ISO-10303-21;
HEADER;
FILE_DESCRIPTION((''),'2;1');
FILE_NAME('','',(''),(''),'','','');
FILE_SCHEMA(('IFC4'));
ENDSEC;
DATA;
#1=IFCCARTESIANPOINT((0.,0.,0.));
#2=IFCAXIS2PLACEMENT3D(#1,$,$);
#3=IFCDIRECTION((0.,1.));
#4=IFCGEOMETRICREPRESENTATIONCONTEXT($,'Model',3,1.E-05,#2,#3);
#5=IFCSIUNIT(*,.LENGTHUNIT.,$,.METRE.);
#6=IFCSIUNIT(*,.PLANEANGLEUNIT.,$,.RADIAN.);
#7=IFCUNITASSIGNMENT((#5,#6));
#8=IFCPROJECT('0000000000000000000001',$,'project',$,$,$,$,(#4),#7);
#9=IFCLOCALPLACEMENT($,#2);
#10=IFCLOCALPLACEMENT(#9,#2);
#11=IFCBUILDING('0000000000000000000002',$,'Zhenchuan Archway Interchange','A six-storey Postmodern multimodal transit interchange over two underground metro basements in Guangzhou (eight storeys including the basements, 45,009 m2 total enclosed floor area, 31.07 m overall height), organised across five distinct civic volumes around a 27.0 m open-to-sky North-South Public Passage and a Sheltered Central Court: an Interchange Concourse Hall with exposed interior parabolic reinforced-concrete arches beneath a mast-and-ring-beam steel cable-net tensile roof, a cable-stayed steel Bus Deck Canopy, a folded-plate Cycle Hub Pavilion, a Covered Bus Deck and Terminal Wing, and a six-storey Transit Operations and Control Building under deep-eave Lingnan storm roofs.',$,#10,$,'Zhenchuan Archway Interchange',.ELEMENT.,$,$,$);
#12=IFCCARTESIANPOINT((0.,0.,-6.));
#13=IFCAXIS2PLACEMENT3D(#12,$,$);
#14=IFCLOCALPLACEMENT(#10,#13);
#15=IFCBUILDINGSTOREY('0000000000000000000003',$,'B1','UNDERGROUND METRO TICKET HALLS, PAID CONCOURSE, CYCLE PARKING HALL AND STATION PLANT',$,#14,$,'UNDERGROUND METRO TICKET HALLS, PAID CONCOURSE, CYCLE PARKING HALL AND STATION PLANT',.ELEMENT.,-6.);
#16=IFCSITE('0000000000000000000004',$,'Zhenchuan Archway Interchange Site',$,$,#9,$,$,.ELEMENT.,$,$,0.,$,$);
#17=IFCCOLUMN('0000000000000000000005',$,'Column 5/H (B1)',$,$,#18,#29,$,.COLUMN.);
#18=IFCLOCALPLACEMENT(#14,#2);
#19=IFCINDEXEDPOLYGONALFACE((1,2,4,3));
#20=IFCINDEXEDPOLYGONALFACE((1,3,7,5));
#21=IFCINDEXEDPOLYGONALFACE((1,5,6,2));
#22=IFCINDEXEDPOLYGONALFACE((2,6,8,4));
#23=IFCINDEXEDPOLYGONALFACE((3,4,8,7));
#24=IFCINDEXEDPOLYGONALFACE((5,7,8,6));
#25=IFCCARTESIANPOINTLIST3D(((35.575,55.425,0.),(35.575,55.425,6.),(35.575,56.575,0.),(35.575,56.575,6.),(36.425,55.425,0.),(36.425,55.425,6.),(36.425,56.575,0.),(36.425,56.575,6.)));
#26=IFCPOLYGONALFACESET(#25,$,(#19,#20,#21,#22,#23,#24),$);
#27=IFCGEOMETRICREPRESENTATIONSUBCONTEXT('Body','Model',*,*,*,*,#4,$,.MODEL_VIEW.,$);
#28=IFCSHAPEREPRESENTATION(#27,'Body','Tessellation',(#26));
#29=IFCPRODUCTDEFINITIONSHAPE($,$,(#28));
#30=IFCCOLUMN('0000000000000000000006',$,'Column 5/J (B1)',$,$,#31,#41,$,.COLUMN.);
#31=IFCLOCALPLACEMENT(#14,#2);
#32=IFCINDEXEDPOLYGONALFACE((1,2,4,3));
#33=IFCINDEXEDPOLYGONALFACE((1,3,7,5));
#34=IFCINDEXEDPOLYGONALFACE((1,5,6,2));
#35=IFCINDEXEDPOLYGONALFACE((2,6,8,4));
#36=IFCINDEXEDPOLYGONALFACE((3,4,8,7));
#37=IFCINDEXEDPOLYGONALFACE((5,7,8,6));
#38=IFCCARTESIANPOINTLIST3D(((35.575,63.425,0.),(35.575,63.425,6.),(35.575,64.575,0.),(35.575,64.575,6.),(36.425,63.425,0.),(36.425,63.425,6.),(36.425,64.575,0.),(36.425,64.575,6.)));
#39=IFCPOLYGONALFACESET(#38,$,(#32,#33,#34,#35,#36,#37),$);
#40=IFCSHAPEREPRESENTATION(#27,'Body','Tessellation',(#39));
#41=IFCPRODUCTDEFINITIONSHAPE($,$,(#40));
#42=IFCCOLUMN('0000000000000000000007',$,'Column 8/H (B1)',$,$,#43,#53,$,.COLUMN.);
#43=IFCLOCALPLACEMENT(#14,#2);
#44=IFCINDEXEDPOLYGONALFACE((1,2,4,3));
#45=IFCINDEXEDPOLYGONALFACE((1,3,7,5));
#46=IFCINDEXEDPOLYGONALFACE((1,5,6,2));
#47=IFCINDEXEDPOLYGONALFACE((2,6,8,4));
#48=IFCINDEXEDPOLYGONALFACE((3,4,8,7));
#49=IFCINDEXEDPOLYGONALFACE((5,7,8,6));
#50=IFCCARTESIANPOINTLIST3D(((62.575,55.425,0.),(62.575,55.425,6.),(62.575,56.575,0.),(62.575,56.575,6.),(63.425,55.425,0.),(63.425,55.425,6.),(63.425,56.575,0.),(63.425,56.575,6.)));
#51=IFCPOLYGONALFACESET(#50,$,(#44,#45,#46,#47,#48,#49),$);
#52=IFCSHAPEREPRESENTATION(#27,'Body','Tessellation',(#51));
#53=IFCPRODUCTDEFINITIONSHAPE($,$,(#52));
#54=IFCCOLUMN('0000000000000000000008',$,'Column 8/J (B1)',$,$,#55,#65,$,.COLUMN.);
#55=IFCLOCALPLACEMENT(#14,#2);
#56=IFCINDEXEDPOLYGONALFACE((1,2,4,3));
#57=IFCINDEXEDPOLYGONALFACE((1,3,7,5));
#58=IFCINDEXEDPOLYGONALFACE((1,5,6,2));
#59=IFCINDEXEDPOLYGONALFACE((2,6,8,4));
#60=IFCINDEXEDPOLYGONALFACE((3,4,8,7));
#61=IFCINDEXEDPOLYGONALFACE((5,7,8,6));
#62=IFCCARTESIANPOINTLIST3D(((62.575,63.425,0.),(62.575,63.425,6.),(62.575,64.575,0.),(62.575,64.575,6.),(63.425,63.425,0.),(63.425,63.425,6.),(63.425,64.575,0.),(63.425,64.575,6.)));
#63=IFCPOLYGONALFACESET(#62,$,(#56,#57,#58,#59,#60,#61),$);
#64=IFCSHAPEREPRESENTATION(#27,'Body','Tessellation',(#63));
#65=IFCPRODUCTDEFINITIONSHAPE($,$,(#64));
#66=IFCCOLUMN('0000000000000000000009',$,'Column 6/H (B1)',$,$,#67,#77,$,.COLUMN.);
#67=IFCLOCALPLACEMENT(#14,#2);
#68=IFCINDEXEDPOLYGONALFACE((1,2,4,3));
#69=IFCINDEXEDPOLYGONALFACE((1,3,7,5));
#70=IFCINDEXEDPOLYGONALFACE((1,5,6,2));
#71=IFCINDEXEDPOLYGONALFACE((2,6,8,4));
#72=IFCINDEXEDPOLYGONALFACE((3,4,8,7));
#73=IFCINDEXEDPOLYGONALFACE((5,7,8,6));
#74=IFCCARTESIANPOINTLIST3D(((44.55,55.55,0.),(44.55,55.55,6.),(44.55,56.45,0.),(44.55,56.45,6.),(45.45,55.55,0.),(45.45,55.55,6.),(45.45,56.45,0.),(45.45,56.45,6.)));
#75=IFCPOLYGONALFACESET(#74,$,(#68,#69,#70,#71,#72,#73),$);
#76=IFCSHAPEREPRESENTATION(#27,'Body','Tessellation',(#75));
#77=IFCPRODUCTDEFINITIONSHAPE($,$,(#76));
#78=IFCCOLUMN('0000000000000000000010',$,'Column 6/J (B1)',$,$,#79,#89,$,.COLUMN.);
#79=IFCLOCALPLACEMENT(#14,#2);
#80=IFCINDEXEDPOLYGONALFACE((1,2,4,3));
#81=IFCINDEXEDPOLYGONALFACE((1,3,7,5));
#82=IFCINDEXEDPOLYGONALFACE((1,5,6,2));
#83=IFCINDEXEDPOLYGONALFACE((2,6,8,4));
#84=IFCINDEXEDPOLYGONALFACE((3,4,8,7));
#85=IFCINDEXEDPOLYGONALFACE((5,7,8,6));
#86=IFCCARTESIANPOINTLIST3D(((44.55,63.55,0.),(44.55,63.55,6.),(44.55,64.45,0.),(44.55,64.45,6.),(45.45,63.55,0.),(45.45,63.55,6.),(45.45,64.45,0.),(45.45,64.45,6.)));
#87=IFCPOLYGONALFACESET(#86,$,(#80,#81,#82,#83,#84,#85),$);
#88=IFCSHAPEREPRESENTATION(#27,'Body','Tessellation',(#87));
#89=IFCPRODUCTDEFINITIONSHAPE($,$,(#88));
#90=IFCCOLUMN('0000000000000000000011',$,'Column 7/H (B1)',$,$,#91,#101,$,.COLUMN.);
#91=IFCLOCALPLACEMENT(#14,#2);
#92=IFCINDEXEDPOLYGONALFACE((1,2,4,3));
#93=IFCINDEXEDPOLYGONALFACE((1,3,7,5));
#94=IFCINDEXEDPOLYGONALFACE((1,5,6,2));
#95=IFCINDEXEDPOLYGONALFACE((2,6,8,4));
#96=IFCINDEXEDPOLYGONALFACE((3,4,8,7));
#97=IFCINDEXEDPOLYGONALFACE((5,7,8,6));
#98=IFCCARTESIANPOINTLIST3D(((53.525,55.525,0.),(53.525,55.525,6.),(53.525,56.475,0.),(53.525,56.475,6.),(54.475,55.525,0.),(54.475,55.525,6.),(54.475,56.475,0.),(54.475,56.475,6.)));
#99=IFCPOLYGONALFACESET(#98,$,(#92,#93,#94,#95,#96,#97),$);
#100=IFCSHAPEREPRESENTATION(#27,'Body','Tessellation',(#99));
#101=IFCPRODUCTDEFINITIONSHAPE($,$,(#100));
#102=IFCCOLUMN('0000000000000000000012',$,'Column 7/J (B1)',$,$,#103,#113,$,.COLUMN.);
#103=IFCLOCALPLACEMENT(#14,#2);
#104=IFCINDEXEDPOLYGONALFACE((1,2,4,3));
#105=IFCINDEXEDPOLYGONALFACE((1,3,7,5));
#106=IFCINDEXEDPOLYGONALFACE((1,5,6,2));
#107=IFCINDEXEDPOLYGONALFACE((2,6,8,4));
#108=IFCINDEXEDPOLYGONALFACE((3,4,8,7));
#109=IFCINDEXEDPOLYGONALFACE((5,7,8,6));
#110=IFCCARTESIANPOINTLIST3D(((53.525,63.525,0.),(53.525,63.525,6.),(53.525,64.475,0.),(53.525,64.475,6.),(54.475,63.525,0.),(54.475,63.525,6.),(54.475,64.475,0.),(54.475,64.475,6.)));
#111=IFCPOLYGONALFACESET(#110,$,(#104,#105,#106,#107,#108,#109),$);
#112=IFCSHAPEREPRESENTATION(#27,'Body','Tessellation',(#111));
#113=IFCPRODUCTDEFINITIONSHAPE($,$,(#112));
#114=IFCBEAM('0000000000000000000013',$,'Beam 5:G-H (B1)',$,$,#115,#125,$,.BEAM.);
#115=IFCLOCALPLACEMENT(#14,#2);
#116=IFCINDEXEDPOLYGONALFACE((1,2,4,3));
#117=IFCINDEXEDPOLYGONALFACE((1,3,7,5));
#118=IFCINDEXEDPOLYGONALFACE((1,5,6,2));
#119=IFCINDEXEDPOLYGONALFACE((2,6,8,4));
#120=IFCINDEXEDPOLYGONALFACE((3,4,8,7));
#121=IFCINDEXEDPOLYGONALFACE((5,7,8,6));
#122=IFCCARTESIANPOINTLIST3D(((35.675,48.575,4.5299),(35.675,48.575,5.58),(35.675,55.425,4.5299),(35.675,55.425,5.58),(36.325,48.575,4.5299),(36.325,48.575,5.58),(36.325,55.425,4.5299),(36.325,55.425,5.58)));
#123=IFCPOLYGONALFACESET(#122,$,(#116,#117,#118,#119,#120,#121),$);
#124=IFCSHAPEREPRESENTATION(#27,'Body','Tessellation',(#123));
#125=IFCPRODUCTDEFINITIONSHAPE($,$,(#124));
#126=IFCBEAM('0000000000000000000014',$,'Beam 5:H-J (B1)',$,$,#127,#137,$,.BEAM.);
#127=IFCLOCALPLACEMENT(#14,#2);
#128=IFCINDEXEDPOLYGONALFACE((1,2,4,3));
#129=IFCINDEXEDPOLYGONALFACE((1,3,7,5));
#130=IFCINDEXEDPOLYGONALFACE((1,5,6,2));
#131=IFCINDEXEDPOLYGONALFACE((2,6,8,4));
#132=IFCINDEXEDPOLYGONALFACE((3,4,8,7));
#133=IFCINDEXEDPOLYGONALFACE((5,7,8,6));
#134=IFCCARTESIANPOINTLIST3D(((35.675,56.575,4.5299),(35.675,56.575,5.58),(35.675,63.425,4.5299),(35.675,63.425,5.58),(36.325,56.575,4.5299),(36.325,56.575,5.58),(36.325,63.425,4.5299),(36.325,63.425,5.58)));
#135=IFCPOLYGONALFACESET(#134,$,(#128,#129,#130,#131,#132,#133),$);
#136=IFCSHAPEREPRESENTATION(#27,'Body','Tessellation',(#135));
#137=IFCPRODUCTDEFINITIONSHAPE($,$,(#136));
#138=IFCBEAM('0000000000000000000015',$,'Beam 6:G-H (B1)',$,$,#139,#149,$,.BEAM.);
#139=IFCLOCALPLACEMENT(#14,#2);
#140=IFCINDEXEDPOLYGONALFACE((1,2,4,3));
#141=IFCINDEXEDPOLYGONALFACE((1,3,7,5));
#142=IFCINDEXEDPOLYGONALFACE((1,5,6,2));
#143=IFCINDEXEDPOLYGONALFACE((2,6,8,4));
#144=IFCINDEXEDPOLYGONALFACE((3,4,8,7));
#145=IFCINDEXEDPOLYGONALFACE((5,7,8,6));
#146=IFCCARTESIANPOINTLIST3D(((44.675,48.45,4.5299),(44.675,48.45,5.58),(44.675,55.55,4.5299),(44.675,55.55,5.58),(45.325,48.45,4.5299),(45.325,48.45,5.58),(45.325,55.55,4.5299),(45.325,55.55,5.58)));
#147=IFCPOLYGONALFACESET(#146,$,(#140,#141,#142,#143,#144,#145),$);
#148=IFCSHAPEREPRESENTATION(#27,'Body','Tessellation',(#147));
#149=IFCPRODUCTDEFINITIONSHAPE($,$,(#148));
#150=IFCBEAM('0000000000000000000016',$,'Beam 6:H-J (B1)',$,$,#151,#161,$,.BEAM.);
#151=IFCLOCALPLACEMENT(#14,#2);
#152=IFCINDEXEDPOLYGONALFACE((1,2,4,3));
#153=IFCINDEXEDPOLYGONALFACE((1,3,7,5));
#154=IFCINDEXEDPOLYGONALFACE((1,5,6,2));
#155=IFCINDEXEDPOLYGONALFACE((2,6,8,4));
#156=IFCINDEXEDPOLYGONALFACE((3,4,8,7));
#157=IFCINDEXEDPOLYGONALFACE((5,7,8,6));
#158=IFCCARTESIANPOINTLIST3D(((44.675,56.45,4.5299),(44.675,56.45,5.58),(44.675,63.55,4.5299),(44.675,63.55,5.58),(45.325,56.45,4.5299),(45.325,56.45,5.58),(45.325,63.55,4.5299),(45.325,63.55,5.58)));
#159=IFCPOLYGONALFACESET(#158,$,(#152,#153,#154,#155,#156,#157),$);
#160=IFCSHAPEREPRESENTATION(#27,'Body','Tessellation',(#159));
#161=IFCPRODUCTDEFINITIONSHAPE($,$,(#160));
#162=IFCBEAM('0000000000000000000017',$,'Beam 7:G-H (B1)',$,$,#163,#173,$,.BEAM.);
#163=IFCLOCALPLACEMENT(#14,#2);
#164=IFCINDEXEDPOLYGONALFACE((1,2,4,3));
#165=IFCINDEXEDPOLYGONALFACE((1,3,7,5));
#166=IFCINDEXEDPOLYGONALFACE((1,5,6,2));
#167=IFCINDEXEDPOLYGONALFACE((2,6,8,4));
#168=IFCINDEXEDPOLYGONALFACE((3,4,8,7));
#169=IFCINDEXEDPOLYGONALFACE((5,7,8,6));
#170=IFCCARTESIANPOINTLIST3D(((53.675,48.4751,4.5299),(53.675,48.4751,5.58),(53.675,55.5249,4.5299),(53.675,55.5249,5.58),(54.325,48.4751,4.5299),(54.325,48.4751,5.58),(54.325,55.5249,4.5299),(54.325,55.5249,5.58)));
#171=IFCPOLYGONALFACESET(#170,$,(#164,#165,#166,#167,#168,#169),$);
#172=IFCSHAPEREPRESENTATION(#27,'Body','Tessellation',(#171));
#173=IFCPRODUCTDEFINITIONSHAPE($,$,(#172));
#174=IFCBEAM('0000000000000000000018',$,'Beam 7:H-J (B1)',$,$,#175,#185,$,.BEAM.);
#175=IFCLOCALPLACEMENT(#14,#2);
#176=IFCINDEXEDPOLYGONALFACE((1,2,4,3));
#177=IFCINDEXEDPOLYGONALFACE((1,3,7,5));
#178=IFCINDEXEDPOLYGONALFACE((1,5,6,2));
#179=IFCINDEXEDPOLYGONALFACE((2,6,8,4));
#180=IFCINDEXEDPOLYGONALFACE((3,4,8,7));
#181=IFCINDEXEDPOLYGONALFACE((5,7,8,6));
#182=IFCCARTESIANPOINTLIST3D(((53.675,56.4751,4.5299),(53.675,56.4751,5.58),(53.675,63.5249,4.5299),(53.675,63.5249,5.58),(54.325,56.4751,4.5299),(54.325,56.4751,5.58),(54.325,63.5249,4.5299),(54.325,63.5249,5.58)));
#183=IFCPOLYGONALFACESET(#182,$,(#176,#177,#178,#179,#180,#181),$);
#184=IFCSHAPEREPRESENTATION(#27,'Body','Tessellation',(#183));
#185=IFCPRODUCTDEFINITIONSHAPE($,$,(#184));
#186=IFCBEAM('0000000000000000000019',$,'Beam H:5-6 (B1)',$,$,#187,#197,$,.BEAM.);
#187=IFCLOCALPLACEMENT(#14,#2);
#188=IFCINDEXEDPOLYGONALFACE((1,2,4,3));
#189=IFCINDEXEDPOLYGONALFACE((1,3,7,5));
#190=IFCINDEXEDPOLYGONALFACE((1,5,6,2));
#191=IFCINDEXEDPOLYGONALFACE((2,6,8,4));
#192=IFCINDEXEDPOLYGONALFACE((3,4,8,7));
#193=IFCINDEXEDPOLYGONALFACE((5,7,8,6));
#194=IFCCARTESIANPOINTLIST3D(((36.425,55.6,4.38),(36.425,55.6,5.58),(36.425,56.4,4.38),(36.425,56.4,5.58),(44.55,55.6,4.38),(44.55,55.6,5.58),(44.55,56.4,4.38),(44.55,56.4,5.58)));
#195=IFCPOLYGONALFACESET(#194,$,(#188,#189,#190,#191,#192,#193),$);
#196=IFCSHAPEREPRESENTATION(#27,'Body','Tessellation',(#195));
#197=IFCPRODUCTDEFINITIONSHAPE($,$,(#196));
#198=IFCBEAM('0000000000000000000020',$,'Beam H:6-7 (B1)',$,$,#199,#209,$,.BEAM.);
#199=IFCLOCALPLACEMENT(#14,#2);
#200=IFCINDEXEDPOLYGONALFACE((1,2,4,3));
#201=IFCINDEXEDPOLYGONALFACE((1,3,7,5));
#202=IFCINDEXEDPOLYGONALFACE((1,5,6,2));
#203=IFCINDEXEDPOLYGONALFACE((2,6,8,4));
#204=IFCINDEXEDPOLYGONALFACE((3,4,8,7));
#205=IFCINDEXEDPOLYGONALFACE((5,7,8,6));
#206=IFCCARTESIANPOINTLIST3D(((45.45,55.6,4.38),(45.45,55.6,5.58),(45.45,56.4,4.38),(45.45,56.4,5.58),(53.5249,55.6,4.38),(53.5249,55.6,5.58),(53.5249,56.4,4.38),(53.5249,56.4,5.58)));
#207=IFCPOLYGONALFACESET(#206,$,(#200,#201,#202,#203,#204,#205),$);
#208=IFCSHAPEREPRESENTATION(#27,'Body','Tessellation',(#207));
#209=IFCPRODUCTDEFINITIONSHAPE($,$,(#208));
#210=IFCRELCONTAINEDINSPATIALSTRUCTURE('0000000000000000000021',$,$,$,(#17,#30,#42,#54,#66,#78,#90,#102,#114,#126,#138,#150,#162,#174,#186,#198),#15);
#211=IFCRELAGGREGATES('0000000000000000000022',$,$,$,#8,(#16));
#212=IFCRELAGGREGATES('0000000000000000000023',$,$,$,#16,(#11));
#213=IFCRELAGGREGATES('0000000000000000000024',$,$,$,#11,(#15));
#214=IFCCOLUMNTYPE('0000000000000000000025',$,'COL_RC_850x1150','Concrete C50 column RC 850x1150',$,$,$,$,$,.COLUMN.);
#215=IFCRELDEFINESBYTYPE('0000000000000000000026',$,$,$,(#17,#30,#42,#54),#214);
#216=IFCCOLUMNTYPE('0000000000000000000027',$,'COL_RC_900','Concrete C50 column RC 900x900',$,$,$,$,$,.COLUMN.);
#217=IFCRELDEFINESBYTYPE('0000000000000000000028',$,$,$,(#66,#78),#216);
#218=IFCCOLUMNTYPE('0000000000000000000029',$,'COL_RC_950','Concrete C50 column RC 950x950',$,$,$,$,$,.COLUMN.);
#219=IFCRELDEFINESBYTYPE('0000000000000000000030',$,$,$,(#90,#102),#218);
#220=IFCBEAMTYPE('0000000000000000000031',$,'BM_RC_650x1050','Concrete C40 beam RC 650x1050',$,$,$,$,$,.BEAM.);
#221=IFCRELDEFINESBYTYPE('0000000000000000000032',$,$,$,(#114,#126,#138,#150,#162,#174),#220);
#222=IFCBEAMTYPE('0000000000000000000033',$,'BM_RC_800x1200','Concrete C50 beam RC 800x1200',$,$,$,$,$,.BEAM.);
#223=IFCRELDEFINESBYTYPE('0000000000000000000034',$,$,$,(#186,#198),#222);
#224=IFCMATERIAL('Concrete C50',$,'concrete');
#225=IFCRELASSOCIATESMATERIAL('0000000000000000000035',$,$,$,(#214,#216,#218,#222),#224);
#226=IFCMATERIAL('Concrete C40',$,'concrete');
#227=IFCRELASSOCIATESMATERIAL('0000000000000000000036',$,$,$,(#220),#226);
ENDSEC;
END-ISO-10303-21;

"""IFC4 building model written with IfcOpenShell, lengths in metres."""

from ifc_helpers import new_model, si_unit, direction, frame, origin, origin_2d, place, context, subcontext, project, spatial, rectangle, extrude, material, material_profile, profile_set, type_object, element, save


model = new_model("IFC4")

# Units and contexts
model_context = context("Model", 3, precision=1e-05, world=origin(), true_north=direction((0.0, 1.0)))
body_context = subcontext(model_context, "Body", "Model", "MODEL_VIEW")
ifc_project = project(units=[si_unit("LENGTHUNIT", "METRE"), si_unit("PLANEANGLEUNIT", "RADIAN")], contexts=[model_context])

# Site, building, storey
site_placement = place(None, origin())
site = spatial("IfcSite", under=ifc_project, at=site_placement, Name="Zhenchuan Archway Interchange Site", CompositionType="ELEMENT", RefElevation=0.0)
building_placement = place(site_placement, origin())
building = spatial("IfcBuilding", under=site, at=building_placement, Name="Zhenchuan Archway Interchange", Description="A six-storey Postmodern multimodal transit interchange over two underground metro basements in Guangzhou (eight storeys including the basements, 45,009 m2 total enclosed floor area, 31.07 m overall height), organised across five distinct civic volumes around a 27.0 m open-to-sky North-South Public Passage and a Sheltered Central Court: an Interchange Concourse Hall with exposed interior parabolic reinforced-concrete arches beneath a mast-and-ring-beam steel cable-net tensile roof, a cable-stayed steel Bus Deck Canopy, a folded-plate Cycle Hub Pavilion, a Covered Bus Deck and Terminal Wing, and a six-storey Transit Operations and Control Building under deep-eave Lingnan storm roofs.", LongName="Zhenchuan Archway Interchange", CompositionType="ELEMENT")
storey_placement = place(building_placement, frame((0.0, 0.0, -6.0)))
storey = spatial("IfcBuildingStorey", under=building, at=storey_placement, Name="B1", Description="UNDERGROUND METRO TICKET HALLS, PAID CONCOURSE, CYCLE PARKING HALL AND STATION PLANT", LongName="UNDERGROUND METRO TICKET HALLS, PAID CONCOURSE, CYCLE PARKING HALL AND STATION PLANT", CompositionType="ELEMENT", Elevation=-6.0)

# Columns
ifc_material_1 = material(Name="Concrete C50", Category="concrete")
ifc_material_profile_1 = material_profile(ifc_material_1, rectangle(XDim=0.8501, YDim=1.1499, at=origin_2d()), Name="RC 850x1150")
ifc_profile_set_1 = profile_set([ifc_material_profile_1], Name="Concrete C50")
column_type_1 = type_object("IfcColumnType", Name="COL_RC_850x1150", Description="Concrete C50 column RC 850x1150", PredefinedType="COLUMN", material=ifc_profile_set_1)
for number, where, z_axis, x_axis, name in (
    (1, (36.0, 56.0, 0.0), (0.0, 0.0, 1.0), (1.0, 0.0, 0.0), "Column 5/H (B1)"),
    (2, (36.0, 64.0, 0.0), (0.0, 0.0, 1.0), (1.0, 0.0, 0.0), "Column 5/J (B1)"),
    (3, (63.0, 56.0, 0.0), (0.0, 0.0, 1.0), (1.0, 0.0, 0.0), "Column 8/H (B1)"),
    (4, (63.0, 64.0, 0.0), (0.0, 0.0, 1.0), (1.0, 0.0, 0.0), "Column 8/J (B1)"),
):
    element("IfcColumn", number, at=place(storey_placement, frame(where, z_axis=z_axis, x_axis=x_axis)), inside=storey, type_object=column_type_1, Name=name, PredefinedType="COLUMN", context=body_context, shape_type="SweptSolid", body=[
        extrude(rectangle(XDim=0.8501, YDim=1.1499, at=origin_2d()), origin(), (0.0, 0.0, 1.0), 6.0),
    ])
ifc_material_profile_2 = material_profile(ifc_material_1, rectangle(XDim=0.8999, YDim=0.8999, at=origin_2d()), Name="RC 900x900")
ifc_profile_set_2 = profile_set([ifc_material_profile_2], Name="Concrete C50")
column_type_2 = type_object("IfcColumnType", Name="COL_RC_900", Description="Concrete C50 column RC 900x900", PredefinedType="COLUMN", material=ifc_profile_set_2)
for number, where, z_axis, x_axis, name in (
    (5, (45.0, 56.0, 0.0), (0.0, 0.0, 1.0), (1.0, 0.0, 0.0), "Column 6/H (B1)"),
    (6, (45.0, 64.0, 0.0), (0.0, 0.0, 1.0), (1.0, 0.0, 0.0), "Column 6/J (B1)"),
):
    element("IfcColumn", number, at=place(storey_placement, frame(where, z_axis=z_axis, x_axis=x_axis)), inside=storey, type_object=column_type_2, Name=name, PredefinedType="COLUMN", context=body_context, shape_type="SweptSolid", body=[
        extrude(rectangle(XDim=0.8999, YDim=0.8999, at=origin_2d()), origin(), (0.0, 0.0, 1.0), 6.0),
    ])
ifc_material_profile_3 = material_profile(ifc_material_1, rectangle(XDim=0.95, YDim=0.95, at=origin_2d()), Name="RC 950x950")
ifc_profile_set_3 = profile_set([ifc_material_profile_3], Name="Concrete C50")
column_type_3 = type_object("IfcColumnType", Name="COL_RC_950", Description="Concrete C50 column RC 950x950", PredefinedType="COLUMN", material=ifc_profile_set_3)
for number, where, z_axis, x_axis, name in (
    (7, (54.0, 56.0, 0.0), (0.0, 0.0, 1.0), (1.0, 0.0, 0.0), "Column 7/H (B1)"),
    (8, (54.0, 64.0, 0.0), (0.0, 0.0, 1.0), (1.0, 0.0, 0.0), "Column 7/J (B1)"),
):
    element("IfcColumn", number, at=place(storey_placement, frame(where, z_axis=z_axis, x_axis=x_axis)), inside=storey, type_object=column_type_3, Name=name, PredefinedType="COLUMN", context=body_context, shape_type="SweptSolid", body=[
        extrude(rectangle(XDim=0.95, YDim=0.95, at=origin_2d()), origin(), (0.0, 0.0, 1.0), 6.0),
    ])

# Beams
ifc_material_2 = material(Name="Concrete C40", Category="concrete")
ifc_material_profile_4 = material_profile(ifc_material_2, rectangle(XDim=0.6499, YDim=1.05, at=origin_2d()), Name="RC 650x1050")
ifc_profile_set_4 = profile_set([ifc_material_profile_4], Name="Concrete C40")
beam_type_1 = type_object("IfcBeamType", Name="BM_RC_650x1050", Description="Concrete C40 beam RC 650x1050", PredefinedType="BEAM", material=ifc_profile_set_4)
for number, where, z_axis, x_axis, name in (
    (9, (36.0, 48.575, 5.0549), (0.0, 1.0, 0.0), (-1.0, 0.0, 0.0), "Beam 5:G-H (B1)"),
    (10, (36.0, 56.575, 5.0549), (0.0, 1.0, 0.0), (-1.0, 0.0, 0.0), "Beam 5:H-J (B1)"),
):
    element("IfcBeam", number, at=place(storey_placement, frame(where, z_axis=z_axis, x_axis=x_axis)), inside=storey, type_object=beam_type_1, Name=name, PredefinedType="BEAM", context=body_context, shape_type="SweptSolid", body=[
        extrude(rectangle(XDim=0.6499, YDim=1.05, at=origin_2d()), origin(), (0.0, 0.0, 1.0), 6.8501),
    ])
for number, where, z_axis, x_axis, name in (
    (11, (45.0, 48.45, 5.0549), (0.0, 1.0, 0.0), (-1.0, 0.0, 0.0), "Beam 6:G-H (B1)"),
    (12, (45.0, 56.45, 5.0549), (0.0, 1.0, 0.0), (-1.0, 0.0, 0.0), "Beam 6:H-J (B1)"),
):
    element("IfcBeam", number, at=place(storey_placement, frame(where, z_axis=z_axis, x_axis=x_axis)), inside=storey, type_object=beam_type_1, Name=name, PredefinedType="BEAM", context=body_context, shape_type="SweptSolid", body=[
        extrude(rectangle(XDim=0.6499, YDim=1.05, at=origin_2d()), origin(), (0.0, 0.0, 1.0), 7.1001),
    ])
for number, where, z_axis, x_axis, name in (
    (13, (54.0, 48.4751, 5.0549), (0.0, 1.0, 0.0), (-1.0, 0.0, 0.0), "Beam 7:G-H (B1)"),
    (14, (54.0, 56.4751, 5.0549), (0.0, 1.0, 0.0), (-1.0, 0.0, 0.0), "Beam 7:H-J (B1)"),
):
    element("IfcBeam", number, at=place(storey_placement, frame(where, z_axis=z_axis, x_axis=x_axis)), inside=storey, type_object=beam_type_1, Name=name, PredefinedType="BEAM", context=body_context, shape_type="SweptSolid", body=[
        extrude(rectangle(XDim=0.6499, YDim=1.05, at=origin_2d()), origin(), (0.0, 0.0, 1.0), 7.0498),
    ])
ifc_material_profile_5 = material_profile(ifc_material_1, rectangle(XDim=0.8, YDim=1.2, at=origin_2d()), Name="RC 800x1200")
ifc_profile_set_5 = profile_set([ifc_material_profile_5], Name="Concrete C50")
beam_type_2 = type_object("IfcBeamType", Name="BM_RC_800x1200", Description="Concrete C50 beam RC 800x1200", PredefinedType="BEAM", material=ifc_profile_set_5)
beam_1_placement = place(storey_placement, frame((36.425, 56.0, 4.98), z_axis=(1.0, 0.0, 0.0), x_axis=(0.0, 1.0, 0.0)))
element("IfcBeam", 15, at=beam_1_placement, inside=storey, type_object=beam_type_2, Name="Beam H:5-6 (B1)", PredefinedType="BEAM", context=body_context, shape_type="SweptSolid", body=[
    extrude(rectangle(XDim=0.8, YDim=1.2, at=origin_2d()), origin(), (0.0, 0.0, 1.0), 8.125),
])
beam_2_placement = place(storey_placement, frame((45.45, 56.0, 4.98), z_axis=(1.0, 0.0, 0.0), x_axis=(0.0, 1.0, 0.0)))
element("IfcBeam", 16, at=beam_2_placement, inside=storey, type_object=beam_type_2, Name="Beam H:6-7 (B1)", PredefinedType="BEAM", context=body_context, shape_type="SweptSolid", body=[
    extrude(rectangle(XDim=0.8, YDim=1.2, at=origin_2d()), origin(), (0.0, 0.0, 1.0), 8.075),
])

save(model, "model.ifc")
